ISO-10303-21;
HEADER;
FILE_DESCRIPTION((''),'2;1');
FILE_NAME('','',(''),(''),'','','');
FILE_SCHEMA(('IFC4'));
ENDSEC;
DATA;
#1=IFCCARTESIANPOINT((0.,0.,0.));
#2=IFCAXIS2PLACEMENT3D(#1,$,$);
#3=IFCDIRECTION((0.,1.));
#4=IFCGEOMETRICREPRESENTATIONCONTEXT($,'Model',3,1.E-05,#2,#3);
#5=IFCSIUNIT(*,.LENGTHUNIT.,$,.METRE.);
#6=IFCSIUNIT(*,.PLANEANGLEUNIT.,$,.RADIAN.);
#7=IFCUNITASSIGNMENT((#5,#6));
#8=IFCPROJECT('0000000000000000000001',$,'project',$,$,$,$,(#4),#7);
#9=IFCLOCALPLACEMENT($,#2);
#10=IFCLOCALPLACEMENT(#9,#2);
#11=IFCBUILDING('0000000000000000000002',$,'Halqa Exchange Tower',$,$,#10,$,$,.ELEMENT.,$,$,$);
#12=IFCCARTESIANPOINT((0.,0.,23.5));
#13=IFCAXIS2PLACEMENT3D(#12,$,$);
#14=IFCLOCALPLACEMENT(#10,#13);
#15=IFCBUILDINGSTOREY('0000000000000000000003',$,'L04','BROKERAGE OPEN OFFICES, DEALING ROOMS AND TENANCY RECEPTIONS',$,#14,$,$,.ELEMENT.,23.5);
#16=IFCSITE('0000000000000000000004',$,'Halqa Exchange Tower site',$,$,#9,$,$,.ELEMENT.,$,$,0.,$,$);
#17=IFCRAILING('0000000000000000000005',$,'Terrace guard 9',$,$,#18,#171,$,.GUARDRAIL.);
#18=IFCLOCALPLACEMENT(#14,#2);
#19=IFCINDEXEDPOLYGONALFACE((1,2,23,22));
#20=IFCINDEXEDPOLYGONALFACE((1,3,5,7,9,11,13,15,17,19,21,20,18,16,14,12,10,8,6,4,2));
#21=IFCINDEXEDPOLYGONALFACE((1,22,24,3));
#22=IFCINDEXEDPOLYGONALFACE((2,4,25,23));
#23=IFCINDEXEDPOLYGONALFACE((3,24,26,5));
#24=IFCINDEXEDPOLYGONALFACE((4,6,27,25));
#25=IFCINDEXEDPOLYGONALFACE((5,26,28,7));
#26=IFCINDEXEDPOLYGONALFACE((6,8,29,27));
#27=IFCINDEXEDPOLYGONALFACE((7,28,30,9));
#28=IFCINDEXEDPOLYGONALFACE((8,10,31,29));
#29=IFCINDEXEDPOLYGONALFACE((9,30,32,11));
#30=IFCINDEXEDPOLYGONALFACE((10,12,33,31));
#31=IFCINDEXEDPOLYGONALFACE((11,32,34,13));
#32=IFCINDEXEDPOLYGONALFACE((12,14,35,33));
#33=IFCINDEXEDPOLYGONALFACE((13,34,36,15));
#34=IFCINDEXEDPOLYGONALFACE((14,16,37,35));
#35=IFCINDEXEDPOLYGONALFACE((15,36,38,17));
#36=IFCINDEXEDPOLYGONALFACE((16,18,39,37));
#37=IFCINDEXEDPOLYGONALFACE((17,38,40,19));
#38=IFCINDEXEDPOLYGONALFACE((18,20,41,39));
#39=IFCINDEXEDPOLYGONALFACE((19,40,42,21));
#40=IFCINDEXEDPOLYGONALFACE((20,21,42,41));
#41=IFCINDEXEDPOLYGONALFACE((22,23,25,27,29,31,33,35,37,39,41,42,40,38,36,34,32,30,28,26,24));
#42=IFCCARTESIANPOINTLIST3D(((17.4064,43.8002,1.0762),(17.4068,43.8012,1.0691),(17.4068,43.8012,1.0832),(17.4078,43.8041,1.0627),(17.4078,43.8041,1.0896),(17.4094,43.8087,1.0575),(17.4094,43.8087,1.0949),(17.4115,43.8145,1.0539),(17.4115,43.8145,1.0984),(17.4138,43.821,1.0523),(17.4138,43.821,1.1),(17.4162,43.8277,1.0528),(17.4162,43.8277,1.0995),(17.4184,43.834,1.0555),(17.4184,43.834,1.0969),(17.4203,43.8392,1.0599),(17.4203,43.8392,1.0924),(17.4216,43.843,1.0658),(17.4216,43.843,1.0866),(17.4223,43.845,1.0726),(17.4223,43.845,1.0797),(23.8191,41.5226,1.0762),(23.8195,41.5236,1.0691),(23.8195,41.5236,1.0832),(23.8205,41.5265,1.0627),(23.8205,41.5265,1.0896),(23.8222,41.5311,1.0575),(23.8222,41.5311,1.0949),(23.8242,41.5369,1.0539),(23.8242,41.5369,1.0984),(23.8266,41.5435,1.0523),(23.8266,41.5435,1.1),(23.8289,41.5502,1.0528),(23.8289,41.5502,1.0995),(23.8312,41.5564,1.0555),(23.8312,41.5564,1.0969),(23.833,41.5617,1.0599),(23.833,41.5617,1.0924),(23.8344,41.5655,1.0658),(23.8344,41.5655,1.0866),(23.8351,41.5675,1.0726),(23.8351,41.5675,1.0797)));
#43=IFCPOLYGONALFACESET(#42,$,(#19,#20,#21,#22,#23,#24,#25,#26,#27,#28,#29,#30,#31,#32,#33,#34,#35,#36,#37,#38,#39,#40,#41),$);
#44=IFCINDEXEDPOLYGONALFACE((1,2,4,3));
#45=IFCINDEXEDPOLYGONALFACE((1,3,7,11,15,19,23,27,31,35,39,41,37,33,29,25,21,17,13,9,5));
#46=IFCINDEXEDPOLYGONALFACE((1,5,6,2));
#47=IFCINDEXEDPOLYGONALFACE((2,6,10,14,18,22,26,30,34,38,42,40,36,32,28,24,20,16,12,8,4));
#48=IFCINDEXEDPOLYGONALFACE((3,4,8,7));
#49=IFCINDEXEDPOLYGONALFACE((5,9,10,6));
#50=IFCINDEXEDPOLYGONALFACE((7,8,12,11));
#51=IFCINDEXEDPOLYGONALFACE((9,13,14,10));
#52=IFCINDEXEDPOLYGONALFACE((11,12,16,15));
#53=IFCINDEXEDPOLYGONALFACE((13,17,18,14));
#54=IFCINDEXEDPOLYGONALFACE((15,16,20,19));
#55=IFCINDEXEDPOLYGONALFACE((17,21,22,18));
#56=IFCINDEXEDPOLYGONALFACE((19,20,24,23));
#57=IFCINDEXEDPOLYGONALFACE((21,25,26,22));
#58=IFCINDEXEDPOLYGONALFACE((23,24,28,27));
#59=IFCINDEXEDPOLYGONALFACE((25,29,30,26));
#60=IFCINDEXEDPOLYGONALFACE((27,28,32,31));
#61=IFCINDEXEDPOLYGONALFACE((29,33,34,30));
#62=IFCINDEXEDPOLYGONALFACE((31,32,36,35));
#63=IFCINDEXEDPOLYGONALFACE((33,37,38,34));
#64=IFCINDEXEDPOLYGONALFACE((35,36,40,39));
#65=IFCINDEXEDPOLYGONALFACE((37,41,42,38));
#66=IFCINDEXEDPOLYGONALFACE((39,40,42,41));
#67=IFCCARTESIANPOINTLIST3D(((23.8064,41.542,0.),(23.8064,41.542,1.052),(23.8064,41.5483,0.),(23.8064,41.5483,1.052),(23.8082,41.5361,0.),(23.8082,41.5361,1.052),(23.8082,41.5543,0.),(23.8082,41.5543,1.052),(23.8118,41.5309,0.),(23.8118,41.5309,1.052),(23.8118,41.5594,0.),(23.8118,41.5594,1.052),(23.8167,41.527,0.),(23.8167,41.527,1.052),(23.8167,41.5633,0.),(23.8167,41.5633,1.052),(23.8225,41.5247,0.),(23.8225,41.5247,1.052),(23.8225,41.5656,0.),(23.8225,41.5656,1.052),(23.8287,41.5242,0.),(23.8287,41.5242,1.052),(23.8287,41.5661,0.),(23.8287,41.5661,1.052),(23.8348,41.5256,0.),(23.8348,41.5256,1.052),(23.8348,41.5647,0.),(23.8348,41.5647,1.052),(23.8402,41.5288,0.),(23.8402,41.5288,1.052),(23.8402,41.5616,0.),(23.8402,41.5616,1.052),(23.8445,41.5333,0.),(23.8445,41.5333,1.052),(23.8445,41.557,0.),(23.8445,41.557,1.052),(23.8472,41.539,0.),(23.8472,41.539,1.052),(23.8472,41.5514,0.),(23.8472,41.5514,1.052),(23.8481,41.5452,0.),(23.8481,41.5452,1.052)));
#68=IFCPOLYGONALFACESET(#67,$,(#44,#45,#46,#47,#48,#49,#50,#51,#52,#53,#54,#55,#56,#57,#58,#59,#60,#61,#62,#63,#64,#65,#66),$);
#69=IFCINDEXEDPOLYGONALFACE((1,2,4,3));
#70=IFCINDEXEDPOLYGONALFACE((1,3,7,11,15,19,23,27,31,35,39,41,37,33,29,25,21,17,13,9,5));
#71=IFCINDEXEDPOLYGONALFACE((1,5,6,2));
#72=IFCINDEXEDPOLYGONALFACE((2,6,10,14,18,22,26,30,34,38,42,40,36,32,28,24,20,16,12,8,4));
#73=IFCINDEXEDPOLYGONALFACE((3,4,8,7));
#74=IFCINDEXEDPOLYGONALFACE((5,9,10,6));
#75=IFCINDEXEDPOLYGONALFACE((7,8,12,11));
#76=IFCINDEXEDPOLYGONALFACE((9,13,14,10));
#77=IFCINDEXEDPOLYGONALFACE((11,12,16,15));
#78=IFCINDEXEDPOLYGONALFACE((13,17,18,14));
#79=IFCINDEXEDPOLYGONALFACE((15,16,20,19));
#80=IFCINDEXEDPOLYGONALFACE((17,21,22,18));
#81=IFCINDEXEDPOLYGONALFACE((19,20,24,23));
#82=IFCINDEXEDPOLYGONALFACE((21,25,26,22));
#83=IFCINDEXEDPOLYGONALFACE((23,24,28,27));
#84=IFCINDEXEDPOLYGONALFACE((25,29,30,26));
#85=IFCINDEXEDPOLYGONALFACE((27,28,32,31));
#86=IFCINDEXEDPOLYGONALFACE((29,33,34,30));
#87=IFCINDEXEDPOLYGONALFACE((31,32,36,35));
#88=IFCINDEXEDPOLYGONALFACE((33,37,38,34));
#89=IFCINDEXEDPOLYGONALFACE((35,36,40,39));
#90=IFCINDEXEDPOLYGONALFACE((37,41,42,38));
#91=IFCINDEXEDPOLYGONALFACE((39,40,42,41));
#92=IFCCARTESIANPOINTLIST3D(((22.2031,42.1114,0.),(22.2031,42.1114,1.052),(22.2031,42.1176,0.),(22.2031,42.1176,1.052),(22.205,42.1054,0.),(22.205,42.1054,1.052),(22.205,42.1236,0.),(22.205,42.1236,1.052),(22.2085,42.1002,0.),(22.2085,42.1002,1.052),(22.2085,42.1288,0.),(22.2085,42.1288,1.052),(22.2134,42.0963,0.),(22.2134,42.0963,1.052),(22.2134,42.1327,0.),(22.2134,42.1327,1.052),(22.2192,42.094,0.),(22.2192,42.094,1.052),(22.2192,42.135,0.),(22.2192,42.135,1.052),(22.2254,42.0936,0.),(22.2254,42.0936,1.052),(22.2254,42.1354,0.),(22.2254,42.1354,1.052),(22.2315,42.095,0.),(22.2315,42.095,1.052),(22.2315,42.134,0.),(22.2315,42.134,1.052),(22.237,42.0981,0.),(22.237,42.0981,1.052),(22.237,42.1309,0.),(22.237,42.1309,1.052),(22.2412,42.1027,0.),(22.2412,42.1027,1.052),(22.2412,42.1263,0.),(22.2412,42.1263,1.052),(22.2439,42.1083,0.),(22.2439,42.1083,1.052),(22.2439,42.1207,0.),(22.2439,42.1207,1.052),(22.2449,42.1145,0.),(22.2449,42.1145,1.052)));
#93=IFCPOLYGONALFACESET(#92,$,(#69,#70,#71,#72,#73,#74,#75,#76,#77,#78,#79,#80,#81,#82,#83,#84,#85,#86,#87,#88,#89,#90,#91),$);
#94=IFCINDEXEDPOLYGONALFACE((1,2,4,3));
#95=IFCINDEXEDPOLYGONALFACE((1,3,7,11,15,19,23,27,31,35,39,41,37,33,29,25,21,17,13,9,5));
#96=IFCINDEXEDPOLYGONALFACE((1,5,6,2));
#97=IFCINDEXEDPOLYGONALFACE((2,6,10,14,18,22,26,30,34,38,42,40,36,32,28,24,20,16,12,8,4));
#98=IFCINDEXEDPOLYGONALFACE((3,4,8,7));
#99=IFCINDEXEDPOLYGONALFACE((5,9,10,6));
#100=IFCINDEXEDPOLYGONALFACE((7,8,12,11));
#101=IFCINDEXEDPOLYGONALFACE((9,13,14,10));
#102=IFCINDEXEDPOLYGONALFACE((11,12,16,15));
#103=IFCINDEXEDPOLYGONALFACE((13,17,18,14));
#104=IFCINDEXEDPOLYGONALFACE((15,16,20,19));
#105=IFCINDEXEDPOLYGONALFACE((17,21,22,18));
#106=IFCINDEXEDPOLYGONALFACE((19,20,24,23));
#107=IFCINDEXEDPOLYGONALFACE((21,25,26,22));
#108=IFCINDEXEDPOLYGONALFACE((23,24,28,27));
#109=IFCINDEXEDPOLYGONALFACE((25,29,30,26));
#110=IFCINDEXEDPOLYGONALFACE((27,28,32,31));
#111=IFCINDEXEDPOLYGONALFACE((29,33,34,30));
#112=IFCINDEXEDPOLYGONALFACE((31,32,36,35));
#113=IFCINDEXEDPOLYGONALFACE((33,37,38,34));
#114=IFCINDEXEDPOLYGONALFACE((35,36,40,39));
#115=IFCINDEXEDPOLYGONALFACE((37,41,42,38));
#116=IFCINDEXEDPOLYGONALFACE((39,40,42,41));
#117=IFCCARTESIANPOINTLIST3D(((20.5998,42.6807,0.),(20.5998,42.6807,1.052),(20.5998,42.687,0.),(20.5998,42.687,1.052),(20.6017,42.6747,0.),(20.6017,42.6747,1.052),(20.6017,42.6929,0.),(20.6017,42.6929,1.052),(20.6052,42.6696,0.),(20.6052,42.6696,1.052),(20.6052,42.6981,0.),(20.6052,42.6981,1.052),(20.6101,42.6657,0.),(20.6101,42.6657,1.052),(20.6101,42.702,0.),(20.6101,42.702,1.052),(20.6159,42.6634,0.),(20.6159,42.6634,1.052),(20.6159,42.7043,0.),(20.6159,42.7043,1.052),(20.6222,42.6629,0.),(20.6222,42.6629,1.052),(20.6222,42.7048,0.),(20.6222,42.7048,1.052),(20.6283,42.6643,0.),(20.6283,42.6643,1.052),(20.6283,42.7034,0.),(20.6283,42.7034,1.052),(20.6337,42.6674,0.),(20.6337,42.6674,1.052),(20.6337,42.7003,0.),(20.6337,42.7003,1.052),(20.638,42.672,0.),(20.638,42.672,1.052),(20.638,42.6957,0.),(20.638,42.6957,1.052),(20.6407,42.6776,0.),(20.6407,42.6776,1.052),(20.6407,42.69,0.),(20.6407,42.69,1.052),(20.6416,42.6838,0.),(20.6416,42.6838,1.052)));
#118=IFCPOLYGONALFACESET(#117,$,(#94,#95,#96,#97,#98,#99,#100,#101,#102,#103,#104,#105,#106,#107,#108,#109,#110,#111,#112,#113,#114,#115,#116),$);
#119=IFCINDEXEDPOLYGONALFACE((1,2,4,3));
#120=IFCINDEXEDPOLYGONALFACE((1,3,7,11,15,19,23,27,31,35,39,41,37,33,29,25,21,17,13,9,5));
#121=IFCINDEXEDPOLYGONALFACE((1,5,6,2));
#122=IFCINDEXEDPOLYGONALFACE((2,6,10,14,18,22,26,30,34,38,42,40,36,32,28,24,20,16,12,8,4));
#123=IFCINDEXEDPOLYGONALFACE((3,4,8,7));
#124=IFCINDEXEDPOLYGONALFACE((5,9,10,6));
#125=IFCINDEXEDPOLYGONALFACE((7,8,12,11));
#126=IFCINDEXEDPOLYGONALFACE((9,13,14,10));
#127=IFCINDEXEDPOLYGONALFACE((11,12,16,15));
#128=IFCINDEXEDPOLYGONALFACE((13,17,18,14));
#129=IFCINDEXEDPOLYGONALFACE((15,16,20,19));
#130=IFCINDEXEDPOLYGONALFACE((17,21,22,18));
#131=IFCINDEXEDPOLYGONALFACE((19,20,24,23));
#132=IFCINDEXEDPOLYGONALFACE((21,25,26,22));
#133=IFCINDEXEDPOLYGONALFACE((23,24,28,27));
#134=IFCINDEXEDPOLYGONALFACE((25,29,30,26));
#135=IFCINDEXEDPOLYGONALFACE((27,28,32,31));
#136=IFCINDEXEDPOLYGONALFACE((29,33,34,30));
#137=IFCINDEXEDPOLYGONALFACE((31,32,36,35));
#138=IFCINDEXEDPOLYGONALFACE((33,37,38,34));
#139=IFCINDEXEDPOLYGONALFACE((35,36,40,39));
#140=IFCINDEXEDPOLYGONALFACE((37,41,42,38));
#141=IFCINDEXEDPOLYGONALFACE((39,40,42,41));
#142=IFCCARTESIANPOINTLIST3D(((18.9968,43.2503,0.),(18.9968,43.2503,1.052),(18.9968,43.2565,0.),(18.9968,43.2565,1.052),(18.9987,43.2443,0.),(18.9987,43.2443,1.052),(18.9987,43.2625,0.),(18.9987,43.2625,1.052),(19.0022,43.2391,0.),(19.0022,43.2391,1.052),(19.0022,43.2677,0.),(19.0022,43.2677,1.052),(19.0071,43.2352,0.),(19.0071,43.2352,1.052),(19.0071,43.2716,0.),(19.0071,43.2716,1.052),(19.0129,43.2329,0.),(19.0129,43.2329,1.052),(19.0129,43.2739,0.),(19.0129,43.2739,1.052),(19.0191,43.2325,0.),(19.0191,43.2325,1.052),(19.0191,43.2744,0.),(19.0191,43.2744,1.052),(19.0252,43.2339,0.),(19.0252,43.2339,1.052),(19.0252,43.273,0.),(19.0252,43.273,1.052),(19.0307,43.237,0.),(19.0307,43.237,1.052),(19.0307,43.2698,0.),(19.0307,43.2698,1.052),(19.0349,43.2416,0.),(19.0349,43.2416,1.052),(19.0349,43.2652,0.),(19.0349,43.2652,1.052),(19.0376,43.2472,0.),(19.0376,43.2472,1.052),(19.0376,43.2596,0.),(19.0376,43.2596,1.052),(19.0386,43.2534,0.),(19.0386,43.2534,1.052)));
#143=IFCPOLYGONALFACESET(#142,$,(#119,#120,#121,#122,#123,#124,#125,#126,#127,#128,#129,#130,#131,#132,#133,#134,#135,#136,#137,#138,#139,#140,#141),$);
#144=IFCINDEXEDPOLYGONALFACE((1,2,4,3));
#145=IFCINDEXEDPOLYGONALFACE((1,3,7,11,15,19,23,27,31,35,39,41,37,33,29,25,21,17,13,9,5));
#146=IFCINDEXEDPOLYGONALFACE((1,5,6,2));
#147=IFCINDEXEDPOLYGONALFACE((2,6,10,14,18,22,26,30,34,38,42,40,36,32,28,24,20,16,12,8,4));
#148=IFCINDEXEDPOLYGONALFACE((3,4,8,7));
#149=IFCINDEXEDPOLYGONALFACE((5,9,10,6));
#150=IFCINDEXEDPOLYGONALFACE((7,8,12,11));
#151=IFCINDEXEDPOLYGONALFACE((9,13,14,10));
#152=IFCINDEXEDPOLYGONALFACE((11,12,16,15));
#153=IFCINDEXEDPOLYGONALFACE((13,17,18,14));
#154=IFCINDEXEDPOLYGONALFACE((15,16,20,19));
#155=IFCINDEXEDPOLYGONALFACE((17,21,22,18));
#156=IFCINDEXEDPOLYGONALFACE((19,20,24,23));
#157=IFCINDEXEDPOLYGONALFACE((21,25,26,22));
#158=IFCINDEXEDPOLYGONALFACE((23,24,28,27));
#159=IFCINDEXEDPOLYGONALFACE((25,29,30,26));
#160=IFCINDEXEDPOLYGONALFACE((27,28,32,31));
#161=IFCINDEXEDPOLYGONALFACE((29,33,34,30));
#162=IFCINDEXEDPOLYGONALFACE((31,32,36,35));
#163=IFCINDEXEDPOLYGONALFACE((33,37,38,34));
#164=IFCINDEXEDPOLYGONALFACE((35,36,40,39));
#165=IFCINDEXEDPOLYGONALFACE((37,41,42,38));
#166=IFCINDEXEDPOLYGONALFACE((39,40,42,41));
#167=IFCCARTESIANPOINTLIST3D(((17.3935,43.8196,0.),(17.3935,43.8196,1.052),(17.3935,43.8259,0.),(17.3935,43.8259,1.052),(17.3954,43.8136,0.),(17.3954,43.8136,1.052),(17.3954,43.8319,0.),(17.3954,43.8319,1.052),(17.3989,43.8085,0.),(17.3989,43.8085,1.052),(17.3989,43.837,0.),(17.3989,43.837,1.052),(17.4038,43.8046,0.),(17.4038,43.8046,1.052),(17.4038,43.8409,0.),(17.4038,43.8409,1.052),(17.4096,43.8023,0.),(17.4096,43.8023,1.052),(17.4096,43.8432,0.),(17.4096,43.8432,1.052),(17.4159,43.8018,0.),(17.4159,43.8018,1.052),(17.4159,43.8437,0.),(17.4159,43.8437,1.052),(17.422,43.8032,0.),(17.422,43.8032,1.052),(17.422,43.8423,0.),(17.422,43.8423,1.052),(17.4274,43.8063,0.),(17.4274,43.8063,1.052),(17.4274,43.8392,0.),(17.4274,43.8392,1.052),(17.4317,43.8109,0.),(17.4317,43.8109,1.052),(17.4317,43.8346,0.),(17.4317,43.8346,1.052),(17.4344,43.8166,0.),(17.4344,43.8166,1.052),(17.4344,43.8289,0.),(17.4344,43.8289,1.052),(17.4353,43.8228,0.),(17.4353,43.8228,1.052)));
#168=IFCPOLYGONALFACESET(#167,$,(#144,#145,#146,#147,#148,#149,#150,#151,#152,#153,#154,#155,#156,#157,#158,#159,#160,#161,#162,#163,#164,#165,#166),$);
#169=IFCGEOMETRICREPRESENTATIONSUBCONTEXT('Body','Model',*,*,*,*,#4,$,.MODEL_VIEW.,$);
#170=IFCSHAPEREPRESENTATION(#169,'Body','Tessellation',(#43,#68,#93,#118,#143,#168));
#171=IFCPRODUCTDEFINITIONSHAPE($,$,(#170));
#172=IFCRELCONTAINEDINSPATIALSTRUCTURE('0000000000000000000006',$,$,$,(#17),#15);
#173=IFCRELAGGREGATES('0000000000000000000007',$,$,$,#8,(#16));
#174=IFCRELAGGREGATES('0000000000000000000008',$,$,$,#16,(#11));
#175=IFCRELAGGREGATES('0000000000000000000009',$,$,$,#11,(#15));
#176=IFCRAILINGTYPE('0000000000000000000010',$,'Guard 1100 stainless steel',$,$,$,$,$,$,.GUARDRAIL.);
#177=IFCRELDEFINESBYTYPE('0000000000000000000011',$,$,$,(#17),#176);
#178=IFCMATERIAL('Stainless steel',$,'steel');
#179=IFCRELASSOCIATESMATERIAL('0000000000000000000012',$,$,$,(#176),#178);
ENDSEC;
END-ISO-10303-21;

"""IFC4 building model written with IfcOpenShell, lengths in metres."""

from ifc_helpers import new_model, si_unit, direction, frame, origin, origin_2d, place, context, subcontext, project, spatial, circle, extrude, material, type_object, element, save


model = new_model("IFC4")

# Units and contexts
model_context = context("Model", 3, precision=1e-05, world=origin(), true_north=direction((0.0, 1.0)))
body_context = subcontext(model_context, "Body", "Model", "MODEL_VIEW")
ifc_project = project(units=[si_unit("LENGTHUNIT", "METRE"), si_unit("PLANEANGLEUNIT", "RADIAN")], contexts=[model_context])

# Site, building, storey
site_placement = place(None, origin())
site = spatial("IfcSite", under=ifc_project, at=site_placement, Name="Halqa Exchange Tower site", CompositionType="ELEMENT", RefElevation=0.0)
building_placement = place(site_placement, origin())
building = spatial("IfcBuilding", under=site, at=building_placement, Name="Halqa Exchange Tower", CompositionType="ELEMENT")
storey_placement = place(building_placement, frame((0.0, 0.0, 23.5)))
storey = spatial("IfcBuildingStorey", under=building, at=storey_placement, Name="L04", Description="BROKERAGE OPEN OFFICES, DEALING ROOMS AND TENANCY RECEPTIONS", CompositionType="ELEMENT", Elevation=23.5)

# Railing
ifc_material_1 = material(Name="Stainless steel", Category="steel")
railing_type = type_object("IfcRailingType", Name="Guard 1100 stainless steel", PredefinedType="GUARDRAIL", material=ifc_material_1)
railing_1_placement = place(storey_placement, frame((23.8271, 41.5452, 0.0)))
element("IfcRailing", 1, at=railing_1_placement, inside=storey, type_object=railing_type, Name="Terrace guard 9", PredefinedType="GUARDRAIL", context=body_context, shape_type="SweptSolid", body=[
    extrude(circle(Radius=0.0239, at=origin_2d()), frame((0.0, 0.0, 1.0762), z_axis=(-0.942332, 0.334679, 0.0), x_axis=(-0.334679, -0.942332, 0.0)), (0.0, 0.0, 1.0), 6.8052),
    extrude(circle(Radius=0.021, at=origin_2d()), origin(), (0.0, 0.0, 1.0), 1.052),
    extrude(circle(Radius=0.021, at=origin_2d()), frame((-1.6033, 0.5693, 0.0)), (0.0, 0.0, 1.0), 1.052),
    extrude(circle(Radius=0.021, at=origin_2d()), frame((-3.2065, 1.1387, 0.0)), (0.0, 0.0, 1.0), 1.052),
    extrude(circle(Radius=0.021, at=origin_2d()), frame((-4.8096, 1.7083, 0.0)), (0.0, 0.0, 1.0), 1.052),
    extrude(circle(Radius=0.021, at=origin_2d()), frame((-6.4128, 2.2776, 0.0)), (0.0, 0.0, 1.0), 1.052),
])

save(model, "model.ifc")
